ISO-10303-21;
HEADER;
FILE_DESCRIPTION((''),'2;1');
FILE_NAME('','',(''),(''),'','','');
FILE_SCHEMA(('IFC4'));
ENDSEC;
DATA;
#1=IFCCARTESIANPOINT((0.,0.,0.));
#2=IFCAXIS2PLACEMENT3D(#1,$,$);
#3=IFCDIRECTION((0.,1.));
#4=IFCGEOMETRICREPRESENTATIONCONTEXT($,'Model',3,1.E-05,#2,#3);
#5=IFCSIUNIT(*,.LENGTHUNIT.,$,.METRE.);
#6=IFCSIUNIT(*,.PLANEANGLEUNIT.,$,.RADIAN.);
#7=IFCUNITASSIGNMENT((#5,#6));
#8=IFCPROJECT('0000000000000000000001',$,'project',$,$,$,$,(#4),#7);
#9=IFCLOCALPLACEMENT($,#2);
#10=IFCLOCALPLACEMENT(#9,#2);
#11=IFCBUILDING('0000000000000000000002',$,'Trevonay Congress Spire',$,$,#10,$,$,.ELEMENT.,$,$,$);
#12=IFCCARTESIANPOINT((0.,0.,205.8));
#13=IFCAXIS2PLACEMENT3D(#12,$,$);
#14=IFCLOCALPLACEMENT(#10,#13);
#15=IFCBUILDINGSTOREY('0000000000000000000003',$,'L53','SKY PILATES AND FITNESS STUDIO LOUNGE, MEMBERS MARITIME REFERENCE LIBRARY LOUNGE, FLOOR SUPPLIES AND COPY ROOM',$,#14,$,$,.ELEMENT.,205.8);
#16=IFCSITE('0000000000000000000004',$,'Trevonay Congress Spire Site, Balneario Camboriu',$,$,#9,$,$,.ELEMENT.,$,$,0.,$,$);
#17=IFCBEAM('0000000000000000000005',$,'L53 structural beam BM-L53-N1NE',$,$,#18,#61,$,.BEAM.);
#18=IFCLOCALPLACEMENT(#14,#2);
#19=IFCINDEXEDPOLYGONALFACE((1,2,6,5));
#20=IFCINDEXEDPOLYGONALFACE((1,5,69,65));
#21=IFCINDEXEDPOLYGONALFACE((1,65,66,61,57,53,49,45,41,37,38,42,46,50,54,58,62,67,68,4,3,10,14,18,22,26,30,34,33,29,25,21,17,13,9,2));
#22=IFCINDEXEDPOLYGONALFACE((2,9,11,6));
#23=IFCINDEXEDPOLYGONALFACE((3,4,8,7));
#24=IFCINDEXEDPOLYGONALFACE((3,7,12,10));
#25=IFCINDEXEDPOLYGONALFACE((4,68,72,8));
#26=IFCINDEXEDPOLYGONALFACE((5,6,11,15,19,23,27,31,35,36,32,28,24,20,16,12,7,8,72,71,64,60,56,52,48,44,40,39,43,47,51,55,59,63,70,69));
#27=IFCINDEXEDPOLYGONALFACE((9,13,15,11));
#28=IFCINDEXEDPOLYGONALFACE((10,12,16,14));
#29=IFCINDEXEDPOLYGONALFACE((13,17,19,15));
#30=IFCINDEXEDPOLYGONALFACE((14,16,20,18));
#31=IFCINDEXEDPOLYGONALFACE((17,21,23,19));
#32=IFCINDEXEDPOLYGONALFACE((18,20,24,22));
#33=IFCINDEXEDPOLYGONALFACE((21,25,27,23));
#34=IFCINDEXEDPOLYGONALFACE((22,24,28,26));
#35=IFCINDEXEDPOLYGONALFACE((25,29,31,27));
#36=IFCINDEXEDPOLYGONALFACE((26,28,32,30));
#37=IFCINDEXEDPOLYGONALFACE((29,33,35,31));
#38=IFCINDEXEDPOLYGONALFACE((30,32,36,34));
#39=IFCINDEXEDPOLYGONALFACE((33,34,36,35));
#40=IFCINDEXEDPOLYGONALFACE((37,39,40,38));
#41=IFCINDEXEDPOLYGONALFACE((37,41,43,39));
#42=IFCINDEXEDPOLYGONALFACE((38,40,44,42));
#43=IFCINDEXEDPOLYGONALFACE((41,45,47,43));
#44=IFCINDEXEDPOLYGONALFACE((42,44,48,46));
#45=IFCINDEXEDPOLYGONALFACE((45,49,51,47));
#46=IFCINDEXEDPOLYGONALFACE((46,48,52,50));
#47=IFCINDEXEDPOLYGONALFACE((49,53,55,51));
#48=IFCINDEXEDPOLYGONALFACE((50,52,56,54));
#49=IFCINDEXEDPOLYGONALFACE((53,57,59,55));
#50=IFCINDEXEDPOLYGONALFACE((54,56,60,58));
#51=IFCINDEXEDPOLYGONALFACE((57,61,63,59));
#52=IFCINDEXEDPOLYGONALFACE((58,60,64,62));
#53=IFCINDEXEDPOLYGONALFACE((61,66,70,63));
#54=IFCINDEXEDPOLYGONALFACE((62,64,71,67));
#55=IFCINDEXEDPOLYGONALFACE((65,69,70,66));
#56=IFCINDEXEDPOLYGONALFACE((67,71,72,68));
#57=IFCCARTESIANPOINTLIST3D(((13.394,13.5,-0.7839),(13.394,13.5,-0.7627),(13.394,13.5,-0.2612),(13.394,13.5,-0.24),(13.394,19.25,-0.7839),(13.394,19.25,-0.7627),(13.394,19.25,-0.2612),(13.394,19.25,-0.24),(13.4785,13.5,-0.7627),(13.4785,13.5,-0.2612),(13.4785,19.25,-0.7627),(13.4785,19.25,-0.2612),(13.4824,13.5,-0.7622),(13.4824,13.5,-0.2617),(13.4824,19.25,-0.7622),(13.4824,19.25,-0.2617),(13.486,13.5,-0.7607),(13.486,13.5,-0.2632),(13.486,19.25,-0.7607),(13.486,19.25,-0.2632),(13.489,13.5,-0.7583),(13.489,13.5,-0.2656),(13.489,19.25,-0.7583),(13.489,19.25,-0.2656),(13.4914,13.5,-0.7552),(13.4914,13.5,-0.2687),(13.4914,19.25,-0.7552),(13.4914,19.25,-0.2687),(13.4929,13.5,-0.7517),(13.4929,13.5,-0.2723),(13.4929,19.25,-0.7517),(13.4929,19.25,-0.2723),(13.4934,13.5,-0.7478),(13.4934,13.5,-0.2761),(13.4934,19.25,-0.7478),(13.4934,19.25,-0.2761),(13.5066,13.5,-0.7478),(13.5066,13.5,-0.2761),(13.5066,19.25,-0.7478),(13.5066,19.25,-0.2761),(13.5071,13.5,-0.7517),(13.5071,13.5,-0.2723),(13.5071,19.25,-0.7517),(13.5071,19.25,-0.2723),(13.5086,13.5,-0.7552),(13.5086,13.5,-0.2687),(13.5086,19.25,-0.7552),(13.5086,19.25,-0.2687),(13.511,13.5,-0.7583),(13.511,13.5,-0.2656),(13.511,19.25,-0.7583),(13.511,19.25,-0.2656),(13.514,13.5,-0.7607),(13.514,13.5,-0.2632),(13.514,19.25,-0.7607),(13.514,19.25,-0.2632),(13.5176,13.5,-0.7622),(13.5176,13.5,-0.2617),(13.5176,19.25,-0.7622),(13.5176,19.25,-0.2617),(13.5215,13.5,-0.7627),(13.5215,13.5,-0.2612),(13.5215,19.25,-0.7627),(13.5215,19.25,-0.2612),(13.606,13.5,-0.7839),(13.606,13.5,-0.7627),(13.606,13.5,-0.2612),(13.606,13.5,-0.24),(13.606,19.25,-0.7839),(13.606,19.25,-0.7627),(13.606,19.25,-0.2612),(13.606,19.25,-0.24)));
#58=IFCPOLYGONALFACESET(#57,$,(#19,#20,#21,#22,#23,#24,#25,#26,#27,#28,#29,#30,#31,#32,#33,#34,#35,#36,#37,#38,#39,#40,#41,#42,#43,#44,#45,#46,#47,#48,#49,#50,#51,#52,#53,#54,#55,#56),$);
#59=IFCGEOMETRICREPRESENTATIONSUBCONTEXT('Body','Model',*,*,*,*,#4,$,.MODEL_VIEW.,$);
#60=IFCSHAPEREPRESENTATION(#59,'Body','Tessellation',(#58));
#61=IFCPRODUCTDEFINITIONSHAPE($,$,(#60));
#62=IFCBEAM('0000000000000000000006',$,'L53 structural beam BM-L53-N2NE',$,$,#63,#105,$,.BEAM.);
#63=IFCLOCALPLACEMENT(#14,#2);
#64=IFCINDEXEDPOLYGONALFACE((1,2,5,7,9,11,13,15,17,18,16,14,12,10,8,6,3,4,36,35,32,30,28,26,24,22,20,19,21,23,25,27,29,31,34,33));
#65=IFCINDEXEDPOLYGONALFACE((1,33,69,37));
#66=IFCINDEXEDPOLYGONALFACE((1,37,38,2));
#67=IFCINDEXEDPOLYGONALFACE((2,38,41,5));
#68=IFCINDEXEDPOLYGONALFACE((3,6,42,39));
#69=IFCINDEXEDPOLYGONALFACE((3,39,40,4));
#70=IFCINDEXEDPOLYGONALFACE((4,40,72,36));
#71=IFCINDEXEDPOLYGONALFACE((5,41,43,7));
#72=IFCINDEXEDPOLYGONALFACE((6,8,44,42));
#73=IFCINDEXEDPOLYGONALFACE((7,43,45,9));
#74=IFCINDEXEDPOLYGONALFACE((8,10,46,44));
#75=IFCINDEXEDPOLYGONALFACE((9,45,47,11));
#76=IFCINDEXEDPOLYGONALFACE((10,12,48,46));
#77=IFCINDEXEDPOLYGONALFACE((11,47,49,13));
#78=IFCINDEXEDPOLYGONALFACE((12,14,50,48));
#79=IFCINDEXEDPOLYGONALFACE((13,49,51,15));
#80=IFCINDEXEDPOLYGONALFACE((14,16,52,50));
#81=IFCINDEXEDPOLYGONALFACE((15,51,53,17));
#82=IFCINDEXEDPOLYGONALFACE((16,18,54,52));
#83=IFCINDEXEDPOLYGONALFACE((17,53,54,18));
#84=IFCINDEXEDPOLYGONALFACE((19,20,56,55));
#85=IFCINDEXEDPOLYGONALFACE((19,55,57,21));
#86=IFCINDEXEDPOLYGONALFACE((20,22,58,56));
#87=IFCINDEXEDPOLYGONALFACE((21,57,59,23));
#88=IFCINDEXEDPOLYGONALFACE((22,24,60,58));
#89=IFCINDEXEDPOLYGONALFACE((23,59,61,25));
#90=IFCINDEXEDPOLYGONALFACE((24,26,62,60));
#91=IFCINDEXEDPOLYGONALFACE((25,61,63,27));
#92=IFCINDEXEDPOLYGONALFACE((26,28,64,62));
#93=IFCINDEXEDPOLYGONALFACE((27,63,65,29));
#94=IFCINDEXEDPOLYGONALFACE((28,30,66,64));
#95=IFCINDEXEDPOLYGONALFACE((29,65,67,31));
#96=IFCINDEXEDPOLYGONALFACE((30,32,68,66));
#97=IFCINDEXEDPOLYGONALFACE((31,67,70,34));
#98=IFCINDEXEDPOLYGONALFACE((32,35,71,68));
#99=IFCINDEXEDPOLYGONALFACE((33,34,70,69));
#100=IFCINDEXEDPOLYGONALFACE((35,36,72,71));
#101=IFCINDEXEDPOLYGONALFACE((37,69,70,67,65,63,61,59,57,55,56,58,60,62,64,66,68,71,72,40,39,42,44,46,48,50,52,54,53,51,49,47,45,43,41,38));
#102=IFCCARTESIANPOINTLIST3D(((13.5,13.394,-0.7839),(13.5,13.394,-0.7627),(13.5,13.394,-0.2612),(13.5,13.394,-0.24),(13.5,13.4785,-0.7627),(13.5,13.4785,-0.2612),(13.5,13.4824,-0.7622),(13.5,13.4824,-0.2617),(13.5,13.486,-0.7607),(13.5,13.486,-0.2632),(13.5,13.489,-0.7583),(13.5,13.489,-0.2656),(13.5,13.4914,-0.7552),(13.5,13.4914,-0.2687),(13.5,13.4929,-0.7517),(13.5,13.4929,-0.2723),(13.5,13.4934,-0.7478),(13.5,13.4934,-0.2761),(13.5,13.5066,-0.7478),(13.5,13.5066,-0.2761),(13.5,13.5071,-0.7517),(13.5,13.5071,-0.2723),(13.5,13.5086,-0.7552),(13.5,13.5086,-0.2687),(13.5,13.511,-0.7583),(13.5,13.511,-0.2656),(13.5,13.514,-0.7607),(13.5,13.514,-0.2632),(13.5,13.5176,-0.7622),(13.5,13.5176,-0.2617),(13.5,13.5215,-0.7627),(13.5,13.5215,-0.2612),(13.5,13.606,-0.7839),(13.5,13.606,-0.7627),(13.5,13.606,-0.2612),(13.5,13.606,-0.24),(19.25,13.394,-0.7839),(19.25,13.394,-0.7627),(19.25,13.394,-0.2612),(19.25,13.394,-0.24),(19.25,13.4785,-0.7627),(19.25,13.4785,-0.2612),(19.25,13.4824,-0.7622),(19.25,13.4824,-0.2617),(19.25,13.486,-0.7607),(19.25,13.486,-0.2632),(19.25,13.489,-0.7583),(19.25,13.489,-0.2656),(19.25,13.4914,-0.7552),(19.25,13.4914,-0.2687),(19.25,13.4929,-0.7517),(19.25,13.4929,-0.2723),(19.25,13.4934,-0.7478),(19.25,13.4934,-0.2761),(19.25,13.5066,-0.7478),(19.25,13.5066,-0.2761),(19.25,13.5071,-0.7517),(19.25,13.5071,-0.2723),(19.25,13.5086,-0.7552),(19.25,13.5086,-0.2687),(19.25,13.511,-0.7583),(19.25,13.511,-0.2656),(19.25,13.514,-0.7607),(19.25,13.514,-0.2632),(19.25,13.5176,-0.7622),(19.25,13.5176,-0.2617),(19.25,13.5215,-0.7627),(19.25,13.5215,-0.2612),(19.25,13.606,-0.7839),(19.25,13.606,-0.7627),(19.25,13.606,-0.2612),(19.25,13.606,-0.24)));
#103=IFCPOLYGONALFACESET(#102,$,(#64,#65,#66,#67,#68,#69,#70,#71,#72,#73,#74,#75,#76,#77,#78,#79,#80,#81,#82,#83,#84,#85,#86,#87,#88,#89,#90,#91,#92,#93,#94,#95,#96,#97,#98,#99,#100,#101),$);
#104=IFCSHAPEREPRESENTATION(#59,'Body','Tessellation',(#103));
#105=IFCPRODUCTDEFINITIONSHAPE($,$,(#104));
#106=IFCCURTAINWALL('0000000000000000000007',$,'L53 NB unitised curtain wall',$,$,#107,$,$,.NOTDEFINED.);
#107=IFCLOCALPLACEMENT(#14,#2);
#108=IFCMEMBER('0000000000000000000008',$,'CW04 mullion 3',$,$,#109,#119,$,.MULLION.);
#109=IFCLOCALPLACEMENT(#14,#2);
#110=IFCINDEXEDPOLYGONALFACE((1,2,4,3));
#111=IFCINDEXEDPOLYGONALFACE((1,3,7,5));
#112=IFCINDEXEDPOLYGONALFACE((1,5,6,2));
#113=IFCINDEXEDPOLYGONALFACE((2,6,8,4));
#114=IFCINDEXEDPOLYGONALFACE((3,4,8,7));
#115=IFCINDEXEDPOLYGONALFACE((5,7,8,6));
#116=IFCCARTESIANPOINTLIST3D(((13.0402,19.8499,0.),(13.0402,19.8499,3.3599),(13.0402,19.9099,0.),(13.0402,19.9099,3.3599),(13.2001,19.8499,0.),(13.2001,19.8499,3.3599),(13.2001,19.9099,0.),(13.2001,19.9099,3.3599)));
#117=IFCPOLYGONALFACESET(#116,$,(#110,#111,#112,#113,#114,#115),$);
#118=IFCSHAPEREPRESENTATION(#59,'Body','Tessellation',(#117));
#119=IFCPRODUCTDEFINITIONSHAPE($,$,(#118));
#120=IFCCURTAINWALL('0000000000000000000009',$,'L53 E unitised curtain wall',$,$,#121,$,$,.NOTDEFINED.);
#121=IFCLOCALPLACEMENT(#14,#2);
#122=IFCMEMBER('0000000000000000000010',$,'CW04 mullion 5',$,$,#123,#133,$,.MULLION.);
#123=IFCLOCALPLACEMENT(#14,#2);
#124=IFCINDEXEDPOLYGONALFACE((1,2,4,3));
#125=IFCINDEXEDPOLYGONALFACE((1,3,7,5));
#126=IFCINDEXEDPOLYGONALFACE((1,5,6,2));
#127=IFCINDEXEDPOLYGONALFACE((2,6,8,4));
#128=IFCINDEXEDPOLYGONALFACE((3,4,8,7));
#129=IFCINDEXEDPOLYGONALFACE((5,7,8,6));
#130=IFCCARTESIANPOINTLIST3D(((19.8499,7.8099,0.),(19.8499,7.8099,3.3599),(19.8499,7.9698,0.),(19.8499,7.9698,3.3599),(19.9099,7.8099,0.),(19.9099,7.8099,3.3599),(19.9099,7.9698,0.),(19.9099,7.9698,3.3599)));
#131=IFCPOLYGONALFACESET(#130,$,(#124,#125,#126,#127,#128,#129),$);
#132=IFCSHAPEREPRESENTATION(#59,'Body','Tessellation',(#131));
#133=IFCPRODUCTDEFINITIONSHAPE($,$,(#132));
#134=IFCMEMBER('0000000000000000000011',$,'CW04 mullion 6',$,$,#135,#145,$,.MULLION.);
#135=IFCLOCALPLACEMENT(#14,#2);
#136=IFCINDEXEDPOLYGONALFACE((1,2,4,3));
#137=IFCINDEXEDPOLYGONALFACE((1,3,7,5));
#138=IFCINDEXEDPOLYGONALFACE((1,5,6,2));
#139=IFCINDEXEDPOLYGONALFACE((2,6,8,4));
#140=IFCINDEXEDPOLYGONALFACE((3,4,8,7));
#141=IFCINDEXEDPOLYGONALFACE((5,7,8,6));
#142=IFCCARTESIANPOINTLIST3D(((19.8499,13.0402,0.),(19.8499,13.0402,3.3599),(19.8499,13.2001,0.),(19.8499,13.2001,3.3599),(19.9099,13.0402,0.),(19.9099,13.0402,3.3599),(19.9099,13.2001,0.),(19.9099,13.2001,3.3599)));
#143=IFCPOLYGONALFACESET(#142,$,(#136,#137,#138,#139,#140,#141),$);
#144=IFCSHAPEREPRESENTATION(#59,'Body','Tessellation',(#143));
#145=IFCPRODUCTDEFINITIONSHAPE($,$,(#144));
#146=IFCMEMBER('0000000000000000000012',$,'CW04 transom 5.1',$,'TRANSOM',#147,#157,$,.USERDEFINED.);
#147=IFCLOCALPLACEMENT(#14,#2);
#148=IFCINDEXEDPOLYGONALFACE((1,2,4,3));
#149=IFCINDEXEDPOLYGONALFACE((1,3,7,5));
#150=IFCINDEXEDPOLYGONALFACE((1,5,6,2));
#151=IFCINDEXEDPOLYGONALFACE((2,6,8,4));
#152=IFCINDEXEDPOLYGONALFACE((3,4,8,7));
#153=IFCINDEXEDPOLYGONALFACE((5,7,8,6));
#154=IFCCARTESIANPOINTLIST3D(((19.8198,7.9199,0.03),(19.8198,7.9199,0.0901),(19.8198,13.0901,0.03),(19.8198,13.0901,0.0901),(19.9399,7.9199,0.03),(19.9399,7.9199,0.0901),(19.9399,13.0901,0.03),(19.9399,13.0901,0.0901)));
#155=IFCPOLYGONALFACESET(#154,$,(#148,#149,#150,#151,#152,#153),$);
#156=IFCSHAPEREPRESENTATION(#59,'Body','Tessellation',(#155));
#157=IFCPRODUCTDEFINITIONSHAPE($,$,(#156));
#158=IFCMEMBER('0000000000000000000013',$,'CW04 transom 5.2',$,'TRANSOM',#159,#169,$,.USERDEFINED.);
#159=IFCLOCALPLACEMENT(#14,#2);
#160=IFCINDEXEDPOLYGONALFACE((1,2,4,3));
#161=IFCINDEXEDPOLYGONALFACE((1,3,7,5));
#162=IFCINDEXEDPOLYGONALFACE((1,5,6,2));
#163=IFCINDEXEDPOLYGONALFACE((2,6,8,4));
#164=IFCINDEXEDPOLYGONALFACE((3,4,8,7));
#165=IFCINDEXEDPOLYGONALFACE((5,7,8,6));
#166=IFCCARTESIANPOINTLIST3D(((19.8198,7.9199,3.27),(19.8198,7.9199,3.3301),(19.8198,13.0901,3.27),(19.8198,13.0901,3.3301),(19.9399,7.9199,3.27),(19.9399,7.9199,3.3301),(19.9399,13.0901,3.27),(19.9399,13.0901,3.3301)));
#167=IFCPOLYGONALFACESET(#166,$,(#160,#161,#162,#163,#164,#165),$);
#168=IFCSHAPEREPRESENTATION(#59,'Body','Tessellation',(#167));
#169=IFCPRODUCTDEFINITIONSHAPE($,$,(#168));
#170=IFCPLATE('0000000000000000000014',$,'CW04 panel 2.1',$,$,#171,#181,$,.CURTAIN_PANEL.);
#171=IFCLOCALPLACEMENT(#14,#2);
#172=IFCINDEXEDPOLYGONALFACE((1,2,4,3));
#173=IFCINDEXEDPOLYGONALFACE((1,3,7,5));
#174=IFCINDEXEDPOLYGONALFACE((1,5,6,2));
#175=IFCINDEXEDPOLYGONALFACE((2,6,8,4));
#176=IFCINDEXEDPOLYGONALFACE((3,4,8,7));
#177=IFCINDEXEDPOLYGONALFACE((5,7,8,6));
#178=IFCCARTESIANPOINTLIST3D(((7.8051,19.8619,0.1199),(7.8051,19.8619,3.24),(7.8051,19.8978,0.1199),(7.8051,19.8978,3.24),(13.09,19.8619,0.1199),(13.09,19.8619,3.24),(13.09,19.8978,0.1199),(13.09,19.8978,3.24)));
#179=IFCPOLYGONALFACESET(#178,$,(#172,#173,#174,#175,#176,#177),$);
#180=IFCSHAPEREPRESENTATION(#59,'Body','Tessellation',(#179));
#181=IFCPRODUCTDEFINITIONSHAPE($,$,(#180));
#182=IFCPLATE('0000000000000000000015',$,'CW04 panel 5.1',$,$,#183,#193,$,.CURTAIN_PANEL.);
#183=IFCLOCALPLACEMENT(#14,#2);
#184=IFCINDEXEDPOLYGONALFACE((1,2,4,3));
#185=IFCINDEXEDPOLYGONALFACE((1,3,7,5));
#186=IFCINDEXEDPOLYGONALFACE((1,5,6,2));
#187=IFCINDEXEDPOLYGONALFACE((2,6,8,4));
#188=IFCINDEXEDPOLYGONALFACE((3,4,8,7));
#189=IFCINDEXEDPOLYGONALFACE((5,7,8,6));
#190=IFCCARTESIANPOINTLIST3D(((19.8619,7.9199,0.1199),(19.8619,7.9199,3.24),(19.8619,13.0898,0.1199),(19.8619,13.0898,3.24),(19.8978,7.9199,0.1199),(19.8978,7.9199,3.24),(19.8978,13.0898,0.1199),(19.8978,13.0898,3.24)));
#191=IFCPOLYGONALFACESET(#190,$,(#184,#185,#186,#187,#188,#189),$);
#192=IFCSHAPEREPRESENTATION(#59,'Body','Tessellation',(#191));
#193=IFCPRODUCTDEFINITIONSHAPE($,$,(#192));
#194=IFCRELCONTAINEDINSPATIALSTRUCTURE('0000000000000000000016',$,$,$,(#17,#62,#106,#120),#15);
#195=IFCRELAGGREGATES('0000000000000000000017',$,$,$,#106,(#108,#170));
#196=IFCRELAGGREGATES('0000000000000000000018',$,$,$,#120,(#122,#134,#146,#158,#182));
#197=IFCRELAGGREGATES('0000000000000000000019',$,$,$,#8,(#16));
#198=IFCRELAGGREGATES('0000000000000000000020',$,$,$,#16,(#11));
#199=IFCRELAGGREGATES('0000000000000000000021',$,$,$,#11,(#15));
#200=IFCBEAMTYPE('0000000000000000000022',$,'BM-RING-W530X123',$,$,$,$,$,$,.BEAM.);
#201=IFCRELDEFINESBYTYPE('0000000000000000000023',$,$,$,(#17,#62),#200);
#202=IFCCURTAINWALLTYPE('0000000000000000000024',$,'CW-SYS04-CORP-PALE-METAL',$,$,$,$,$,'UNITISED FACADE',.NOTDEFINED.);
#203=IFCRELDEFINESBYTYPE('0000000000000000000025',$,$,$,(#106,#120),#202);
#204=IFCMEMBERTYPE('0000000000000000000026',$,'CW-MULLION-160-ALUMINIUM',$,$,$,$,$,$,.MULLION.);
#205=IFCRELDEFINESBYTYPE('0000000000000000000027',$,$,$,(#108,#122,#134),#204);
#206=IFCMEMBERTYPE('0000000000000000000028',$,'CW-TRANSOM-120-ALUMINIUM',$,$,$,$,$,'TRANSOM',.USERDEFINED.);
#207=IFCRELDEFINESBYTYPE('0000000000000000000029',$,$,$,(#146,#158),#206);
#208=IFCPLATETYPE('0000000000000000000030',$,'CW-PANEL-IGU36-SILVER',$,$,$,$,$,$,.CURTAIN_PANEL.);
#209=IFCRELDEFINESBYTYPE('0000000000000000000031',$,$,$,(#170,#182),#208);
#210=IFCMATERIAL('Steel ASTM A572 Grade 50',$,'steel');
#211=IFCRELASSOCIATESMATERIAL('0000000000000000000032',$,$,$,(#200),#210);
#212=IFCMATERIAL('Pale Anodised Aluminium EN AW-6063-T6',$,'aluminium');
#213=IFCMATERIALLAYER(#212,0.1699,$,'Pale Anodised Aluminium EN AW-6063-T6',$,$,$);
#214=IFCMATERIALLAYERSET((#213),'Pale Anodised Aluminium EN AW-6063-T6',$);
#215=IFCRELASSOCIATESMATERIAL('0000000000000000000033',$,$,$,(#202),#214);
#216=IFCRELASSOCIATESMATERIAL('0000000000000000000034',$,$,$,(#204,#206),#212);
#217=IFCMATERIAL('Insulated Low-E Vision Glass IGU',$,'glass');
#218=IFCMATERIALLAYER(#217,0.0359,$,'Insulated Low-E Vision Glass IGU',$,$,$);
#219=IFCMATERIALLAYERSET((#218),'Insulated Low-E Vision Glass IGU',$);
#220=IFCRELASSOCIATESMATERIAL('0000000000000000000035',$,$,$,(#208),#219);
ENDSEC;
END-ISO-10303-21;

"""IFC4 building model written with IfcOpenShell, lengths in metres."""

from ifc_helpers import new_model, si_unit, direction, frame, origin, origin_2d, place, context, subcontext, project, spatial, rectangle, i_section, extrude, material, layer, layer_set, material_profile, profile_set, type_object, element, aggregate, save


model = new_model("IFC4")

# Units and contexts
model_context = context("Model", 3, precision=1e-05, world=origin(), true_north=direction((0.0, 1.0)))
body_context = subcontext(model_context, "Body", "Model", "MODEL_VIEW")
ifc_project = project(units=[si_unit("LENGTHUNIT", "METRE"), si_unit("PLANEANGLEUNIT", "RADIAN")], contexts=[model_context])

# Site, building, storey
site_placement = place(None, origin())
site = spatial("IfcSite", under=ifc_project, at=site_placement, Name="Trevonay Congress Spire Site, Balneario Camboriu", CompositionType="ELEMENT", RefElevation=0.0)
building_placement = place(site_placement, origin())
building = spatial("IfcBuilding", under=site, at=building_placement, Name="Trevonay Congress Spire", CompositionType="ELEMENT")
storey_placement = place(building_placement, frame((0.0, 0.0, 205.8)))
storey = spatial("IfcBuildingStorey", under=building, at=storey_placement, Name="L53", Description="SKY PILATES AND FITNESS STUDIO LOUNGE, MEMBERS MARITIME REFERENCE LIBRARY LOUNGE, FLOOR SUPPLIES AND COPY ROOM", CompositionType="ELEMENT", Elevation=205.8)

# Shared definitions
ifc_material_1 = material(Name="Steel ASTM A572 Grade 50", Category="steel")

# Beams
ifc_material_profile_1 = material_profile(ifc_material_1, i_section(OverallWidth=0.2119, OverallDepth=0.5439, WebThickness=0.0132, FlangeThickness=0.0212, FilletRadius=0.0149, at=origin_2d()), Name="W530x123")
ifc_profile_set_1 = profile_set([ifc_material_profile_1], Name="Steel ASTM A572 Grade 50")
beam_type = type_object("IfcBeamType", Name="BM-RING-W530X123", PredefinedType="BEAM", material=ifc_profile_set_1)
for number, where, z_axis, x_axis, name in (
    (1, (13.5, 19.25, -0.512), (0.0, -1.0, 0.0), (1.0, 0.0, 0.0), "L53 structural beam BM-L53-N1NE"),
    (2, (19.25, 13.5, -0.512), (-1.0, 0.0, 0.0), (0.0, -1.0, 0.0), "L53 structural beam BM-L53-N2NE"),
):
    element("IfcBeam", number, at=place(storey_placement, frame(where, z_axis=z_axis, x_axis=x_axis)), inside=storey, type_object=beam_type, Name=name, PredefinedType="BEAM", context=body_context, shape_type="SweptSolid", body=[
        extrude(i_section(OverallWidth=0.2119, OverallDepth=0.5439, WebThickness=0.0132, FlangeThickness=0.0212, FilletRadius=0.0149, at=origin_2d()), origin(), (0.0, 0.0, 1.0), 5.75),
    ])

# Curtain wall, member
ifc_material_2 = material(Name="Pale Anodised Aluminium EN AW-6063-T6", Category="aluminium")
ifc_layer_1 = layer(ifc_material_2, 0.1699, Name="Pale Anodised Aluminium EN AW-6063-T6")
ifc_layer_set_1 = layer_set([ifc_layer_1], Name="Pale Anodised Aluminium EN AW-6063-T6")
curtain_wall_type = type_object("IfcCurtainWallType", Name="CW-SYS04-CORP-PALE-METAL", ElementType="UNITISED FACADE", PredefinedType="NOTDEFINED", material=ifc_layer_set_1)
curtain_wall_1_placement = place(storey_placement, origin())
curtain_wall_1 = element("IfcCurtainWall", 3, at=curtain_wall_1_placement, inside=storey, type_object=curtain_wall_type, Name="L53 NB unitised curtain wall", PredefinedType="NOTDEFINED")
ifc_material_profile_2 = material_profile(ifc_material_2, rectangle(XDim=0.0601, YDim=0.1599, at=origin_2d()), Name="CW-MULLION-160-ALUMINIUM")
ifc_profile_set_2 = profile_set([ifc_material_profile_2], Name="Pale Anodised Aluminium EN AW-6063-T6")
member_type_1 = type_object("IfcMemberType", Name="CW-MULLION-160-ALUMINIUM", PredefinedType="MULLION", material=ifc_profile_set_2)
member_1_placement = place(storey_placement, frame((13.1201, 19.8799, 0.0), z_axis=(0.0, 0.0, 1.0), x_axis=(0.0, 1.0, 0.0)))
member_1 = element("IfcMember", 4, at=member_1_placement, type_object=member_type_1, Name="CW04 mullion 3", PredefinedType="MULLION", context=body_context, shape_type="SweptSolid", body=[
    extrude(rectangle(XDim=0.0601, YDim=0.1599, at=origin_2d()), origin(), (0.0, 0.0, 1.0), 3.3599),
])

# Curtain wall, members
curtain_wall_2_placement = place(storey_placement, origin())
curtain_wall_2 = element("IfcCurtainWall", 5, at=curtain_wall_2_placement, inside=storey, type_object=curtain_wall_type, Name="L53 E unitised curtain wall", PredefinedType="NOTDEFINED")
member_2_placement = place(storey_placement, frame((19.8799, 7.8899, 0.0), z_axis=(0.0, 0.0, 1.0), x_axis=(-1.0, 0.0, 0.0)))
member_2 = element("IfcMember", 6, at=member_2_placement, type_object=member_type_1, Name="CW04 mullion 5", PredefinedType="MULLION", context=body_context, shape_type="SweptSolid", body=[
    extrude(rectangle(XDim=0.0601, YDim=0.1599, at=origin_2d()), origin(), (0.0, 0.0, 1.0), 3.3599),
])
member_3_placement = place(storey_placement, frame((19.8799, 13.1201, 0.0), z_axis=(0.0, 0.0, 1.0), x_axis=(-1.0, 0.0, 0.0)))
member_3 = element("IfcMember", 7, at=member_3_placement, type_object=member_type_1, Name="CW04 mullion 6", PredefinedType="MULLION", context=body_context, shape_type="SweptSolid", body=[
    extrude(rectangle(XDim=0.0601, YDim=0.1599, at=origin_2d()), origin(), (0.0, 0.0, 1.0), 3.3599),
])
ifc_material_profile_3 = material_profile(ifc_material_2, rectangle(XDim=0.1201, YDim=0.0601, at=origin_2d()), Name="CW-TRANSOM-120-ALUMINIUM")
ifc_profile_set_3 = profile_set([ifc_material_profile_3], Name="Pale Anodised Aluminium EN AW-6063-T6")
member_type_2 = type_object("IfcMemberType", Name="CW-TRANSOM-120-ALUMINIUM", ElementType="TRANSOM", PredefinedType="USERDEFINED", material=ifc_profile_set_3)
member_4_placement = place(storey_placement, frame((19.8799, 7.9199, 0.0601), z_axis=(0.0, 1.0, 0.0), x_axis=(-1.0, 0.0, 0.0)))
member_4 = element("IfcMember", 8, at=member_4_placement, type_object=member_type_2, Name="CW04 transom 5.1", ObjectType="TRANSOM", PredefinedType="USERDEFINED", context=body_context, shape_type="SweptSolid", body=[
    extrude(rectangle(XDim=0.1201, YDim=0.0601, at=origin_2d()), origin(), (0.0, 0.0, 1.0), 5.1702),
])
member_5_placement = place(storey_placement, frame((19.8799, 7.9199, 3.3), z_axis=(0.0, 1.0, 0.0), x_axis=(-1.0, 0.0, 0.0)))
member_5 = element("IfcMember", 9, at=member_5_placement, type_object=member_type_2, Name="CW04 transom 5.2", ObjectType="TRANSOM", PredefinedType="USERDEFINED", context=body_context, shape_type="SweptSolid", body=[
    extrude(rectangle(XDim=0.1201, YDim=0.0601, at=origin_2d()), origin(), (0.0, 0.0, 1.0), 5.1702),
])

# Plates
ifc_material_3 = material(Name="Insulated Low-E Vision Glass IGU", Category="glass")
ifc_layer_2 = layer(ifc_material_3, 0.0359, Name="Insulated Low-E Vision Glass IGU")
ifc_layer_set_2 = layer_set([ifc_layer_2], Name="Insulated Low-E Vision Glass IGU")
plate_type = type_object("IfcPlateType", Name="CW-PANEL-IGU36-SILVER", PredefinedType="CURTAIN_PANEL", material=ifc_layer_set_2)
plate_1_placement = place(storey_placement, frame((10.4475, 19.8799, 0.1199), z_axis=(0.0, 0.0, 1.0), x_axis=(1.0, 0.0, 0.0)))
plate_1 = element("IfcPlate", 10, at=plate_1_placement, type_object=plate_type, Name="CW04 panel 2.1", PredefinedType="CURTAIN_PANEL", context=body_context, shape_type="SweptSolid", body=[
    extrude(rectangle(XDim=5.2849, YDim=0.0359, at=origin_2d()), origin(), (0.0, 0.0, 1.0), 3.1201),
])
aggregate(curtain_wall_1, [member_1, plate_1])
plate_2_placement = place(storey_placement, frame((19.8799, 10.5049, 0.1199), z_axis=(0.0, 0.0, 1.0), x_axis=(0.0, 1.0, 0.0)))
plate_2 = element("IfcPlate", 11, at=plate_2_placement, type_object=plate_type, Name="CW04 panel 5.1", PredefinedType="CURTAIN_PANEL", context=body_context, shape_type="SweptSolid", body=[
    extrude(rectangle(XDim=5.1699, YDim=0.0359, at=origin_2d()), origin(), (0.0, 0.0, 1.0), 3.1201),
])
aggregate(curtain_wall_2, [member_2, member_3, member_4, member_5, plate_2])

save(model, "model.ifc")
